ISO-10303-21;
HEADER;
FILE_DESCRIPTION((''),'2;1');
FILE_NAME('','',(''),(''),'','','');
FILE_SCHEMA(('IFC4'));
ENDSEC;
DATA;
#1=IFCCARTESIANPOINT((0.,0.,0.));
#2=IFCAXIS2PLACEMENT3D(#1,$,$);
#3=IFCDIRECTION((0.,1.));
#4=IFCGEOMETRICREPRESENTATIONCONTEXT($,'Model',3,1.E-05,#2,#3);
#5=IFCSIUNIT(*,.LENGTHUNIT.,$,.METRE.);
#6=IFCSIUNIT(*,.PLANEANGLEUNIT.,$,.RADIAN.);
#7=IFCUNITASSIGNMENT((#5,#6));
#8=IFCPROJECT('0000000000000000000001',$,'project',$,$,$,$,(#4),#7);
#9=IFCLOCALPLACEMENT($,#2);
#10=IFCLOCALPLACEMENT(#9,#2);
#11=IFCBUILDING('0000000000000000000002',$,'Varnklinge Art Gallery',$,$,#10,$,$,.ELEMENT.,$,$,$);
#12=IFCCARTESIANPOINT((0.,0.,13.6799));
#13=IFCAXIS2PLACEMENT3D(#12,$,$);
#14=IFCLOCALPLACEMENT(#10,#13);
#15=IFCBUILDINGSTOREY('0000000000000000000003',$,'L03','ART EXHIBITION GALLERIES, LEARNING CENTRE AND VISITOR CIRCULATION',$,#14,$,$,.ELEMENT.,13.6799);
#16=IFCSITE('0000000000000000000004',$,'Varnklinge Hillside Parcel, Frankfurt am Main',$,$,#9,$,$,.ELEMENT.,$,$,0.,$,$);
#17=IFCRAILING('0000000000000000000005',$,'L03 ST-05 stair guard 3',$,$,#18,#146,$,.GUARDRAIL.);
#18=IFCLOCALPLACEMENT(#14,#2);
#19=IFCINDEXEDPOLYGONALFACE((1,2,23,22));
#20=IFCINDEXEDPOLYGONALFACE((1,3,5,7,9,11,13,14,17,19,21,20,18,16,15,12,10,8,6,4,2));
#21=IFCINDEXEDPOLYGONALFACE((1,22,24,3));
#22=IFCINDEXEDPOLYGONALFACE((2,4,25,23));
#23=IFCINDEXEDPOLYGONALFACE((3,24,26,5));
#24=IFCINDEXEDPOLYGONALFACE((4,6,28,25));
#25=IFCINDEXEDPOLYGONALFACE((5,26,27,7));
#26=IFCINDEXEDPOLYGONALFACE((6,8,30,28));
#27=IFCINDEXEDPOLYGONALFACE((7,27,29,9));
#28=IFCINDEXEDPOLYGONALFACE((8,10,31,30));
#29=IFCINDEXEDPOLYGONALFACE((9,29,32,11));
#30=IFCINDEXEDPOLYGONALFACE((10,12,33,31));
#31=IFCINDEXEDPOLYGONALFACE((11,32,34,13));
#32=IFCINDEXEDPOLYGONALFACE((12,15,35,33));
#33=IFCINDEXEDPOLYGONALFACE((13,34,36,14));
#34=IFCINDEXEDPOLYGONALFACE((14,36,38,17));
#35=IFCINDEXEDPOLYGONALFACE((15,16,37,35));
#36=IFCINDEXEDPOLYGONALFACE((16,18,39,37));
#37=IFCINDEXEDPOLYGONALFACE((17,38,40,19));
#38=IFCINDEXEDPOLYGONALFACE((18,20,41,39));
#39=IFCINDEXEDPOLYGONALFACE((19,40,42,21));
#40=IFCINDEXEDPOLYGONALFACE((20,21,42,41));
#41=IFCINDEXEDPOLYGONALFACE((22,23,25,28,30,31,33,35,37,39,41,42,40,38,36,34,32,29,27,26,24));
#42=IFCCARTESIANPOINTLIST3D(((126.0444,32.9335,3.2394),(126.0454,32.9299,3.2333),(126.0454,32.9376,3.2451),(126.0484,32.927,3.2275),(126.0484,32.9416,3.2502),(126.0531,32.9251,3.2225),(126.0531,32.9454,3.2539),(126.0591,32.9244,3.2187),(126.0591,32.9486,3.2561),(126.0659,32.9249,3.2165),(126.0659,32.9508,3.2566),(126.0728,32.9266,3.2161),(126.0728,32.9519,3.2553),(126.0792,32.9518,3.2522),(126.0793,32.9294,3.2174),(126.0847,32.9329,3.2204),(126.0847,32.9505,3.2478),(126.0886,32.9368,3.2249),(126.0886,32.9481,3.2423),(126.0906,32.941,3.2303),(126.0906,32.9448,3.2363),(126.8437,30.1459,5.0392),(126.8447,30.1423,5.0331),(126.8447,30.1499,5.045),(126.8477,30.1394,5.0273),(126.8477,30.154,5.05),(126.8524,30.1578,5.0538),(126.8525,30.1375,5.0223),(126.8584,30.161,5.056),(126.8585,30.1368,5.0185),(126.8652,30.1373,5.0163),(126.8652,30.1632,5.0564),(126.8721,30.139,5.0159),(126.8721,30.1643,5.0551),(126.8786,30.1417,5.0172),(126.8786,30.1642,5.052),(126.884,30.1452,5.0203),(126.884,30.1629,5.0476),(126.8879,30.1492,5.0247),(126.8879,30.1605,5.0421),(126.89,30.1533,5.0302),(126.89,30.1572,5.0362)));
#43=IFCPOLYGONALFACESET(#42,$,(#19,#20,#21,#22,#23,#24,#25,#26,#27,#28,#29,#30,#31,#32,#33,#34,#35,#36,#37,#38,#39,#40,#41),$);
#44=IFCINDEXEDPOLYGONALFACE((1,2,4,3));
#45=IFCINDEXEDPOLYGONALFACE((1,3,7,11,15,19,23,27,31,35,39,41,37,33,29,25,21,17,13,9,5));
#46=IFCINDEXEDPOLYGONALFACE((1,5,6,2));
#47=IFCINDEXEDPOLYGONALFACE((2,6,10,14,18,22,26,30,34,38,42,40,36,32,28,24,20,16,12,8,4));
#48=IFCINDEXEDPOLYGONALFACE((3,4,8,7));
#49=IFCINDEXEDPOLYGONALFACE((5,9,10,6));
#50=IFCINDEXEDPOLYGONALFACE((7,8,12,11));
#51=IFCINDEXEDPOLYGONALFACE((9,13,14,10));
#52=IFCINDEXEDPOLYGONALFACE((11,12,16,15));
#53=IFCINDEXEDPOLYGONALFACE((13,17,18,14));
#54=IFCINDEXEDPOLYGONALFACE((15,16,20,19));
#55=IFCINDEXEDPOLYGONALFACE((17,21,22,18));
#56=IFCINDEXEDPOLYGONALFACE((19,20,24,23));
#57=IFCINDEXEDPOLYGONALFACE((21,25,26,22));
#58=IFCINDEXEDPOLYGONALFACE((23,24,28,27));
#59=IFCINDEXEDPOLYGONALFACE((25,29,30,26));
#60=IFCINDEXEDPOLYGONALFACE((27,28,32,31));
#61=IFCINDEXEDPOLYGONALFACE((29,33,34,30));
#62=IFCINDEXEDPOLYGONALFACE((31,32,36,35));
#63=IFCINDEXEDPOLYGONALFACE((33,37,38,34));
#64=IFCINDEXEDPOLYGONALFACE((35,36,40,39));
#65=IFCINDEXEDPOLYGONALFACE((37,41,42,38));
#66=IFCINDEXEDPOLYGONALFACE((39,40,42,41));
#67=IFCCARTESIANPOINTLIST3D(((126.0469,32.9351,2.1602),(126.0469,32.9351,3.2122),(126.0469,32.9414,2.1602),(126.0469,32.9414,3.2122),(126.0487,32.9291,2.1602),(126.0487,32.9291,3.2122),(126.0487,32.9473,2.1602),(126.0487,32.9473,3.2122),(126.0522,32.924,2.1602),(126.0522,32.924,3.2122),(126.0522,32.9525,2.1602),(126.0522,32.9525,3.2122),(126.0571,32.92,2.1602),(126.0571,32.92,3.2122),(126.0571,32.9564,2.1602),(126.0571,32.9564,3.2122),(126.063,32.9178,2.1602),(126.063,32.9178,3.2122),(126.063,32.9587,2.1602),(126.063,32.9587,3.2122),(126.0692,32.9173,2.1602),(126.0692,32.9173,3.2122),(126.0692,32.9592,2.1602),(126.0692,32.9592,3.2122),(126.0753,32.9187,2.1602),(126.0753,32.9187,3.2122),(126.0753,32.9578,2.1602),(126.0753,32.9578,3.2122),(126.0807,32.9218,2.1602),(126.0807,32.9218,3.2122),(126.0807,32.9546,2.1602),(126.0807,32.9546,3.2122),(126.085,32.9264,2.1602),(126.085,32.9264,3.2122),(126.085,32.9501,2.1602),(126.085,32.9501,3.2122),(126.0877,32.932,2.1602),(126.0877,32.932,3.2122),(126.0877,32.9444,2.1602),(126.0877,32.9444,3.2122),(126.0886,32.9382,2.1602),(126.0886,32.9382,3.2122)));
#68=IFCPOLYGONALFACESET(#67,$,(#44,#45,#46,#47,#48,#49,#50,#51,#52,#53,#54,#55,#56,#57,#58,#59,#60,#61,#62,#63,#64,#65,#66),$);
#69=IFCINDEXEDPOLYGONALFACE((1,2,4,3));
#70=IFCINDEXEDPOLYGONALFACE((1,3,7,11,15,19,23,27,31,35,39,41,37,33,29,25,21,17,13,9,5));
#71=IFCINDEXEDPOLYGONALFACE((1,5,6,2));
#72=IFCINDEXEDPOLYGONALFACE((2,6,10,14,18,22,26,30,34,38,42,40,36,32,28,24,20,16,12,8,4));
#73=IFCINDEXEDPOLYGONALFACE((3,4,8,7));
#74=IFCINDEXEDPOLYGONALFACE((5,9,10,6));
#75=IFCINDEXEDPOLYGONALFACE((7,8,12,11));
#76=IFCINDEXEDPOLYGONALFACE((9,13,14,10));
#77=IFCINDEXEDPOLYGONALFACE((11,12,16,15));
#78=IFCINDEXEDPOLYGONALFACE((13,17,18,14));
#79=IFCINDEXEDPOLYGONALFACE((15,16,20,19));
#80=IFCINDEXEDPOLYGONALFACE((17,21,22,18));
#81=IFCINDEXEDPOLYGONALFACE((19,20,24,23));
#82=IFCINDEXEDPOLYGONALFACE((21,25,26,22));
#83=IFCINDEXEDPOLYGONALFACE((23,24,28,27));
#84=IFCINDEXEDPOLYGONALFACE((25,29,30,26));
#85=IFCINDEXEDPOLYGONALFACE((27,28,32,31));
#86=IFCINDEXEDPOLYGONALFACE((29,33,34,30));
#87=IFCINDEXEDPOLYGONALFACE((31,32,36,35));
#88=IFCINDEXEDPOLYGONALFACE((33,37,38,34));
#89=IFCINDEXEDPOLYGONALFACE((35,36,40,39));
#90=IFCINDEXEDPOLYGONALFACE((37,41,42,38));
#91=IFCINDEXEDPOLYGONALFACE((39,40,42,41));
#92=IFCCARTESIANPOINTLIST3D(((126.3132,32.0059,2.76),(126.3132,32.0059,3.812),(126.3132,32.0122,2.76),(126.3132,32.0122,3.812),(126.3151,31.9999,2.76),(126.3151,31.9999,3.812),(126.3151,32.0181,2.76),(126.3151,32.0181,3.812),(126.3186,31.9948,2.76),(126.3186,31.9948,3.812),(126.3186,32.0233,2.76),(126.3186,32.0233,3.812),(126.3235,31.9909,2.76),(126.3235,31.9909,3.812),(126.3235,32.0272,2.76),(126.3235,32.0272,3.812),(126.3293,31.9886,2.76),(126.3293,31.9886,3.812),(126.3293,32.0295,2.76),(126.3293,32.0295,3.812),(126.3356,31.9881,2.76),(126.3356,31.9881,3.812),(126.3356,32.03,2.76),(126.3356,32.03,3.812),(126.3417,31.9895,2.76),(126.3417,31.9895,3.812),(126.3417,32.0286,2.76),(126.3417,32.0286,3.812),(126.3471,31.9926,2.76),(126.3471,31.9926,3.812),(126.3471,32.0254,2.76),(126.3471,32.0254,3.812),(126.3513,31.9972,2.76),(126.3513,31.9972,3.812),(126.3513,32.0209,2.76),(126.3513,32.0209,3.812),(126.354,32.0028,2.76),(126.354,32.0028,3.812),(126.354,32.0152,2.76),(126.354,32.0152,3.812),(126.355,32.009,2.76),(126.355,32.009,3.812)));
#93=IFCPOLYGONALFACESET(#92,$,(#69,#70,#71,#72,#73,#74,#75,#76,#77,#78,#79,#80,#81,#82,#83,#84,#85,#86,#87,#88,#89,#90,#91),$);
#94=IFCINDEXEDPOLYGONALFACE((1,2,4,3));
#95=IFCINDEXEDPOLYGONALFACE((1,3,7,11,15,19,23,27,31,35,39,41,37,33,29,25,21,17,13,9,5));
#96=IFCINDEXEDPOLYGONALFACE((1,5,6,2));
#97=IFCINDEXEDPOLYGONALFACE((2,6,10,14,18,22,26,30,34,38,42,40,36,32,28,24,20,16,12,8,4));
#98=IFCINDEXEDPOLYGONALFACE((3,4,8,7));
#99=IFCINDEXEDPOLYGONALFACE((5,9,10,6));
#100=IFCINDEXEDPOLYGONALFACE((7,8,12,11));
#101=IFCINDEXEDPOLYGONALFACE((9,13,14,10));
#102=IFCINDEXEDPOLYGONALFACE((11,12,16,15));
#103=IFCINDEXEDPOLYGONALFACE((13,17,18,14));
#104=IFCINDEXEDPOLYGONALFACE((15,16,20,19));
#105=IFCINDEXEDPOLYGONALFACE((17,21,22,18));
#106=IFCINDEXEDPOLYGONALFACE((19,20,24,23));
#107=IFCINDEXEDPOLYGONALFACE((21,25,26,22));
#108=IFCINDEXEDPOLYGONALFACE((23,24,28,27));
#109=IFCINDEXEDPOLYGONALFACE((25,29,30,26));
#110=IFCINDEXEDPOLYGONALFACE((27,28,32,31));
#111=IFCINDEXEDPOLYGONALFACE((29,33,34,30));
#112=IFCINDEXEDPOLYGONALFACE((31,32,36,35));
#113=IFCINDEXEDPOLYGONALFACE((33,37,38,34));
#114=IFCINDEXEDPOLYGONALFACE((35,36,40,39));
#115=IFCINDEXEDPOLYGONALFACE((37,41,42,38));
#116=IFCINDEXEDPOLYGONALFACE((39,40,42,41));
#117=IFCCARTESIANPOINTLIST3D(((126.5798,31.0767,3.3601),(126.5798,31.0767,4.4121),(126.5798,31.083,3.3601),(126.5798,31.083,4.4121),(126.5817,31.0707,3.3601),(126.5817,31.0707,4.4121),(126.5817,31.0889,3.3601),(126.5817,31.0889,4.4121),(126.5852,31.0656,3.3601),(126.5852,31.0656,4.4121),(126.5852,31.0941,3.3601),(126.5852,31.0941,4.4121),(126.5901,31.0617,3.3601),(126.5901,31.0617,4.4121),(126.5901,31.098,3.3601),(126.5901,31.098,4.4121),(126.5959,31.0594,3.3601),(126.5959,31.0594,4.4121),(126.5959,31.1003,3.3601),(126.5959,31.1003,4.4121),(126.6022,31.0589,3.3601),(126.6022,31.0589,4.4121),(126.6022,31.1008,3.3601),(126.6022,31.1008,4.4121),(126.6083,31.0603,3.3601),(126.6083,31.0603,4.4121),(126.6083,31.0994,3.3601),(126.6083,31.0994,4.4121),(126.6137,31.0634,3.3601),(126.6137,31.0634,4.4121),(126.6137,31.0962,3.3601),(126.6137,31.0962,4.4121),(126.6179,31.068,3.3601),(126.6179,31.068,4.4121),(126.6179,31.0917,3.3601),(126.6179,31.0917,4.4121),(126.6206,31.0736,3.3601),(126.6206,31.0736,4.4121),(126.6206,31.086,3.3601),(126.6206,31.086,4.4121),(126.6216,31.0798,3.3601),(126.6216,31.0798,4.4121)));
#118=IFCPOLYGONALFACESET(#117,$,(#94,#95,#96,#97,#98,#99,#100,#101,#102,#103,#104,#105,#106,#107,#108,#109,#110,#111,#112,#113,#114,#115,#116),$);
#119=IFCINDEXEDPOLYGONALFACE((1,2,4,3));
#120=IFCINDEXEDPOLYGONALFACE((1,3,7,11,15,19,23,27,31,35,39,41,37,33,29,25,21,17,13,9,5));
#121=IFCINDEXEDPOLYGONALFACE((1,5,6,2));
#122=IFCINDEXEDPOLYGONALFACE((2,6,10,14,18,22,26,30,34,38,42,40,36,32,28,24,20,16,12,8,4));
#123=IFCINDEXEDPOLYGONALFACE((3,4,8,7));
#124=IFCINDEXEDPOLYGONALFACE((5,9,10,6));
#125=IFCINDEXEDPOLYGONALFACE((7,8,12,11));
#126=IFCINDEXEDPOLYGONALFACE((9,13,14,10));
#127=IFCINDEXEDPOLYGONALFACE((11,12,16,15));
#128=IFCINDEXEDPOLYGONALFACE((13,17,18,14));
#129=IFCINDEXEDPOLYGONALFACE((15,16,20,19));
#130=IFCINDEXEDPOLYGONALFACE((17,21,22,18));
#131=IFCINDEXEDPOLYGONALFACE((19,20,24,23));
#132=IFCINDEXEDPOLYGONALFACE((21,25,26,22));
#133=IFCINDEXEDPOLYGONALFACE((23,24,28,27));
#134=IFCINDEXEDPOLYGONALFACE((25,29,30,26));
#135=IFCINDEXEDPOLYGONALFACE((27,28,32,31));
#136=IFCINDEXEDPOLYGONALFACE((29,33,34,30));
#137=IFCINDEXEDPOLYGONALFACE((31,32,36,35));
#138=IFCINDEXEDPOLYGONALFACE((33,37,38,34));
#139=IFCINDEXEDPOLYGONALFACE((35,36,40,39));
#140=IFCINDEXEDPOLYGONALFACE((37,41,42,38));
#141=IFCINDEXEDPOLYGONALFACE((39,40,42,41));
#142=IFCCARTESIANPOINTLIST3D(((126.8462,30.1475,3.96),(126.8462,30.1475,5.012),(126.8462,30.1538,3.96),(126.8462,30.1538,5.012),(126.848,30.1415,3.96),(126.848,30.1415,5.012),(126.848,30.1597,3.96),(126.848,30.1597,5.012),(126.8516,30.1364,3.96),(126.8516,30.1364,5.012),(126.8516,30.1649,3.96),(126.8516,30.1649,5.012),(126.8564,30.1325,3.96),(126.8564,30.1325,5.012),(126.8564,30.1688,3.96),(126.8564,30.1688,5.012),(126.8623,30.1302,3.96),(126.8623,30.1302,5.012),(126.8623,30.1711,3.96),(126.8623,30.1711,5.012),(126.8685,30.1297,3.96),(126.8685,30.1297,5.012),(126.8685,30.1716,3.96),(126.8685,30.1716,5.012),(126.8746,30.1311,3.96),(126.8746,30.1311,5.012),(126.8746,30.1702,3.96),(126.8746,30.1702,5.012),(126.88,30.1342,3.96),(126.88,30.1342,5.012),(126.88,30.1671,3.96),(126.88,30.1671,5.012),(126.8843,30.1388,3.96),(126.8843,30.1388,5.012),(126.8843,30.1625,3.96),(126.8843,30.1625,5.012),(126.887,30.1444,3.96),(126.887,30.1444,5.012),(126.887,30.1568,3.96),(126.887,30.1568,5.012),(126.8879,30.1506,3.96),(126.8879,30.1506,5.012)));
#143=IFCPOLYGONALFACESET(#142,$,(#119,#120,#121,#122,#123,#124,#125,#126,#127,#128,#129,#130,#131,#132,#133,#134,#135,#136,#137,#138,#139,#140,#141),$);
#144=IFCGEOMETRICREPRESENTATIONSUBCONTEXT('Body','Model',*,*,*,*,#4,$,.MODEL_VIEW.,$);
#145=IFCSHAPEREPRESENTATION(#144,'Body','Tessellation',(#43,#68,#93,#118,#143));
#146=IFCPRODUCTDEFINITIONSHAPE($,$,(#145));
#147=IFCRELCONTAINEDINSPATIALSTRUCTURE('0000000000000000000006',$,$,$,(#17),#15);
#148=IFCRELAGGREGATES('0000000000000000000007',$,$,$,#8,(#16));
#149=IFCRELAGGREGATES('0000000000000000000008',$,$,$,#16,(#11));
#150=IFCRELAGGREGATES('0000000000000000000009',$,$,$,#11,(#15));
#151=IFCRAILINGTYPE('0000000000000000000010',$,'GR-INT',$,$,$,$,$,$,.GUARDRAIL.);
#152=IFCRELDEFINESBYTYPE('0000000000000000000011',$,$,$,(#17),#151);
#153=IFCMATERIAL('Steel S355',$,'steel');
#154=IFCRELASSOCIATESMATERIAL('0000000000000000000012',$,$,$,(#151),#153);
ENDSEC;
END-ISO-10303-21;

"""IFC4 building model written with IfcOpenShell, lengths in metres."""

from ifc_helpers import new_model, si_unit, direction, frame, origin, origin_2d, place, context, subcontext, project, spatial, circle, extrude, material, type_object, element, save


model = new_model("IFC4")

# Units and contexts
model_context = context("Model", 3, precision=1e-05, world=origin(), true_north=direction((0.0, 1.0)))
body_context = subcontext(model_context, "Body", "Model", "MODEL_VIEW")
ifc_project = project(units=[si_unit("LENGTHUNIT", "METRE"), si_unit("PLANEANGLEUNIT", "RADIAN")], contexts=[model_context])

# Site, building, storey
site_placement = place(None, origin())
site = spatial("IfcSite", under=ifc_project, at=site_placement, Name="Varnklinge Hillside Parcel, Frankfurt am Main", CompositionType="ELEMENT", RefElevation=0.0)
building_placement = place(site_placement, origin())
building = spatial("IfcBuilding", under=site, at=building_placement, Name="Varnklinge Art Gallery", CompositionType="ELEMENT")
storey_placement = place(building_placement, frame((0.0, 0.0, 13.6799)))
storey = spatial("IfcBuildingStorey", under=building, at=storey_placement, Name="L03", Description="ART EXHIBITION GALLERIES, LEARNING CENTRE AND VISITOR CIRCULATION", CompositionType="ELEMENT", Elevation=13.6799)

# Railing
ifc_material_1 = material(Name="Steel S355", Category="steel")
railing_type_1 = type_object("IfcRailingType", Name="GR-INT", PredefinedType="GUARDRAIL", material=ifc_material_1)
railing_1_placement = place(storey_placement, frame((126.0676, 32.9382, 2.1602)))
element("IfcRailing", 1, at=railing_1_placement, inside=storey, type_object=railing_type_1, Name="L03 ST-05 stair guard 3", PredefinedType="GUARDRAIL", context=body_context, shape_type="SweptSolid", body=[
    extrude(circle(Radius=0.0239, at=origin_2d()), frame((0.0, 0.0, 1.0762), z_axis=(0.234194, -0.816747, 0.52733), x_axis=(0.961263, 0.275633, 0.0)), (0.0, 0.0, 1.0), 3.4131),
    extrude(circle(Radius=0.021, at=origin_2d()), origin(), (0.0, 0.0, 1.0), 1.052),
    extrude(circle(Radius=0.021, at=origin_2d()), frame((0.2664, -0.9292, 0.5999)), (0.0, 0.0, 1.0), 1.052),
    extrude(circle(Radius=0.021, at=origin_2d()), frame((0.533, -1.8584, 1.2)), (0.0, 0.0, 1.0), 1.052),
    extrude(circle(Radius=0.021, at=origin_2d()), frame((0.7993, -2.7876, 1.7998)), (0.0, 0.0, 1.0), 1.052),
])

save(model, "model.ifc")
